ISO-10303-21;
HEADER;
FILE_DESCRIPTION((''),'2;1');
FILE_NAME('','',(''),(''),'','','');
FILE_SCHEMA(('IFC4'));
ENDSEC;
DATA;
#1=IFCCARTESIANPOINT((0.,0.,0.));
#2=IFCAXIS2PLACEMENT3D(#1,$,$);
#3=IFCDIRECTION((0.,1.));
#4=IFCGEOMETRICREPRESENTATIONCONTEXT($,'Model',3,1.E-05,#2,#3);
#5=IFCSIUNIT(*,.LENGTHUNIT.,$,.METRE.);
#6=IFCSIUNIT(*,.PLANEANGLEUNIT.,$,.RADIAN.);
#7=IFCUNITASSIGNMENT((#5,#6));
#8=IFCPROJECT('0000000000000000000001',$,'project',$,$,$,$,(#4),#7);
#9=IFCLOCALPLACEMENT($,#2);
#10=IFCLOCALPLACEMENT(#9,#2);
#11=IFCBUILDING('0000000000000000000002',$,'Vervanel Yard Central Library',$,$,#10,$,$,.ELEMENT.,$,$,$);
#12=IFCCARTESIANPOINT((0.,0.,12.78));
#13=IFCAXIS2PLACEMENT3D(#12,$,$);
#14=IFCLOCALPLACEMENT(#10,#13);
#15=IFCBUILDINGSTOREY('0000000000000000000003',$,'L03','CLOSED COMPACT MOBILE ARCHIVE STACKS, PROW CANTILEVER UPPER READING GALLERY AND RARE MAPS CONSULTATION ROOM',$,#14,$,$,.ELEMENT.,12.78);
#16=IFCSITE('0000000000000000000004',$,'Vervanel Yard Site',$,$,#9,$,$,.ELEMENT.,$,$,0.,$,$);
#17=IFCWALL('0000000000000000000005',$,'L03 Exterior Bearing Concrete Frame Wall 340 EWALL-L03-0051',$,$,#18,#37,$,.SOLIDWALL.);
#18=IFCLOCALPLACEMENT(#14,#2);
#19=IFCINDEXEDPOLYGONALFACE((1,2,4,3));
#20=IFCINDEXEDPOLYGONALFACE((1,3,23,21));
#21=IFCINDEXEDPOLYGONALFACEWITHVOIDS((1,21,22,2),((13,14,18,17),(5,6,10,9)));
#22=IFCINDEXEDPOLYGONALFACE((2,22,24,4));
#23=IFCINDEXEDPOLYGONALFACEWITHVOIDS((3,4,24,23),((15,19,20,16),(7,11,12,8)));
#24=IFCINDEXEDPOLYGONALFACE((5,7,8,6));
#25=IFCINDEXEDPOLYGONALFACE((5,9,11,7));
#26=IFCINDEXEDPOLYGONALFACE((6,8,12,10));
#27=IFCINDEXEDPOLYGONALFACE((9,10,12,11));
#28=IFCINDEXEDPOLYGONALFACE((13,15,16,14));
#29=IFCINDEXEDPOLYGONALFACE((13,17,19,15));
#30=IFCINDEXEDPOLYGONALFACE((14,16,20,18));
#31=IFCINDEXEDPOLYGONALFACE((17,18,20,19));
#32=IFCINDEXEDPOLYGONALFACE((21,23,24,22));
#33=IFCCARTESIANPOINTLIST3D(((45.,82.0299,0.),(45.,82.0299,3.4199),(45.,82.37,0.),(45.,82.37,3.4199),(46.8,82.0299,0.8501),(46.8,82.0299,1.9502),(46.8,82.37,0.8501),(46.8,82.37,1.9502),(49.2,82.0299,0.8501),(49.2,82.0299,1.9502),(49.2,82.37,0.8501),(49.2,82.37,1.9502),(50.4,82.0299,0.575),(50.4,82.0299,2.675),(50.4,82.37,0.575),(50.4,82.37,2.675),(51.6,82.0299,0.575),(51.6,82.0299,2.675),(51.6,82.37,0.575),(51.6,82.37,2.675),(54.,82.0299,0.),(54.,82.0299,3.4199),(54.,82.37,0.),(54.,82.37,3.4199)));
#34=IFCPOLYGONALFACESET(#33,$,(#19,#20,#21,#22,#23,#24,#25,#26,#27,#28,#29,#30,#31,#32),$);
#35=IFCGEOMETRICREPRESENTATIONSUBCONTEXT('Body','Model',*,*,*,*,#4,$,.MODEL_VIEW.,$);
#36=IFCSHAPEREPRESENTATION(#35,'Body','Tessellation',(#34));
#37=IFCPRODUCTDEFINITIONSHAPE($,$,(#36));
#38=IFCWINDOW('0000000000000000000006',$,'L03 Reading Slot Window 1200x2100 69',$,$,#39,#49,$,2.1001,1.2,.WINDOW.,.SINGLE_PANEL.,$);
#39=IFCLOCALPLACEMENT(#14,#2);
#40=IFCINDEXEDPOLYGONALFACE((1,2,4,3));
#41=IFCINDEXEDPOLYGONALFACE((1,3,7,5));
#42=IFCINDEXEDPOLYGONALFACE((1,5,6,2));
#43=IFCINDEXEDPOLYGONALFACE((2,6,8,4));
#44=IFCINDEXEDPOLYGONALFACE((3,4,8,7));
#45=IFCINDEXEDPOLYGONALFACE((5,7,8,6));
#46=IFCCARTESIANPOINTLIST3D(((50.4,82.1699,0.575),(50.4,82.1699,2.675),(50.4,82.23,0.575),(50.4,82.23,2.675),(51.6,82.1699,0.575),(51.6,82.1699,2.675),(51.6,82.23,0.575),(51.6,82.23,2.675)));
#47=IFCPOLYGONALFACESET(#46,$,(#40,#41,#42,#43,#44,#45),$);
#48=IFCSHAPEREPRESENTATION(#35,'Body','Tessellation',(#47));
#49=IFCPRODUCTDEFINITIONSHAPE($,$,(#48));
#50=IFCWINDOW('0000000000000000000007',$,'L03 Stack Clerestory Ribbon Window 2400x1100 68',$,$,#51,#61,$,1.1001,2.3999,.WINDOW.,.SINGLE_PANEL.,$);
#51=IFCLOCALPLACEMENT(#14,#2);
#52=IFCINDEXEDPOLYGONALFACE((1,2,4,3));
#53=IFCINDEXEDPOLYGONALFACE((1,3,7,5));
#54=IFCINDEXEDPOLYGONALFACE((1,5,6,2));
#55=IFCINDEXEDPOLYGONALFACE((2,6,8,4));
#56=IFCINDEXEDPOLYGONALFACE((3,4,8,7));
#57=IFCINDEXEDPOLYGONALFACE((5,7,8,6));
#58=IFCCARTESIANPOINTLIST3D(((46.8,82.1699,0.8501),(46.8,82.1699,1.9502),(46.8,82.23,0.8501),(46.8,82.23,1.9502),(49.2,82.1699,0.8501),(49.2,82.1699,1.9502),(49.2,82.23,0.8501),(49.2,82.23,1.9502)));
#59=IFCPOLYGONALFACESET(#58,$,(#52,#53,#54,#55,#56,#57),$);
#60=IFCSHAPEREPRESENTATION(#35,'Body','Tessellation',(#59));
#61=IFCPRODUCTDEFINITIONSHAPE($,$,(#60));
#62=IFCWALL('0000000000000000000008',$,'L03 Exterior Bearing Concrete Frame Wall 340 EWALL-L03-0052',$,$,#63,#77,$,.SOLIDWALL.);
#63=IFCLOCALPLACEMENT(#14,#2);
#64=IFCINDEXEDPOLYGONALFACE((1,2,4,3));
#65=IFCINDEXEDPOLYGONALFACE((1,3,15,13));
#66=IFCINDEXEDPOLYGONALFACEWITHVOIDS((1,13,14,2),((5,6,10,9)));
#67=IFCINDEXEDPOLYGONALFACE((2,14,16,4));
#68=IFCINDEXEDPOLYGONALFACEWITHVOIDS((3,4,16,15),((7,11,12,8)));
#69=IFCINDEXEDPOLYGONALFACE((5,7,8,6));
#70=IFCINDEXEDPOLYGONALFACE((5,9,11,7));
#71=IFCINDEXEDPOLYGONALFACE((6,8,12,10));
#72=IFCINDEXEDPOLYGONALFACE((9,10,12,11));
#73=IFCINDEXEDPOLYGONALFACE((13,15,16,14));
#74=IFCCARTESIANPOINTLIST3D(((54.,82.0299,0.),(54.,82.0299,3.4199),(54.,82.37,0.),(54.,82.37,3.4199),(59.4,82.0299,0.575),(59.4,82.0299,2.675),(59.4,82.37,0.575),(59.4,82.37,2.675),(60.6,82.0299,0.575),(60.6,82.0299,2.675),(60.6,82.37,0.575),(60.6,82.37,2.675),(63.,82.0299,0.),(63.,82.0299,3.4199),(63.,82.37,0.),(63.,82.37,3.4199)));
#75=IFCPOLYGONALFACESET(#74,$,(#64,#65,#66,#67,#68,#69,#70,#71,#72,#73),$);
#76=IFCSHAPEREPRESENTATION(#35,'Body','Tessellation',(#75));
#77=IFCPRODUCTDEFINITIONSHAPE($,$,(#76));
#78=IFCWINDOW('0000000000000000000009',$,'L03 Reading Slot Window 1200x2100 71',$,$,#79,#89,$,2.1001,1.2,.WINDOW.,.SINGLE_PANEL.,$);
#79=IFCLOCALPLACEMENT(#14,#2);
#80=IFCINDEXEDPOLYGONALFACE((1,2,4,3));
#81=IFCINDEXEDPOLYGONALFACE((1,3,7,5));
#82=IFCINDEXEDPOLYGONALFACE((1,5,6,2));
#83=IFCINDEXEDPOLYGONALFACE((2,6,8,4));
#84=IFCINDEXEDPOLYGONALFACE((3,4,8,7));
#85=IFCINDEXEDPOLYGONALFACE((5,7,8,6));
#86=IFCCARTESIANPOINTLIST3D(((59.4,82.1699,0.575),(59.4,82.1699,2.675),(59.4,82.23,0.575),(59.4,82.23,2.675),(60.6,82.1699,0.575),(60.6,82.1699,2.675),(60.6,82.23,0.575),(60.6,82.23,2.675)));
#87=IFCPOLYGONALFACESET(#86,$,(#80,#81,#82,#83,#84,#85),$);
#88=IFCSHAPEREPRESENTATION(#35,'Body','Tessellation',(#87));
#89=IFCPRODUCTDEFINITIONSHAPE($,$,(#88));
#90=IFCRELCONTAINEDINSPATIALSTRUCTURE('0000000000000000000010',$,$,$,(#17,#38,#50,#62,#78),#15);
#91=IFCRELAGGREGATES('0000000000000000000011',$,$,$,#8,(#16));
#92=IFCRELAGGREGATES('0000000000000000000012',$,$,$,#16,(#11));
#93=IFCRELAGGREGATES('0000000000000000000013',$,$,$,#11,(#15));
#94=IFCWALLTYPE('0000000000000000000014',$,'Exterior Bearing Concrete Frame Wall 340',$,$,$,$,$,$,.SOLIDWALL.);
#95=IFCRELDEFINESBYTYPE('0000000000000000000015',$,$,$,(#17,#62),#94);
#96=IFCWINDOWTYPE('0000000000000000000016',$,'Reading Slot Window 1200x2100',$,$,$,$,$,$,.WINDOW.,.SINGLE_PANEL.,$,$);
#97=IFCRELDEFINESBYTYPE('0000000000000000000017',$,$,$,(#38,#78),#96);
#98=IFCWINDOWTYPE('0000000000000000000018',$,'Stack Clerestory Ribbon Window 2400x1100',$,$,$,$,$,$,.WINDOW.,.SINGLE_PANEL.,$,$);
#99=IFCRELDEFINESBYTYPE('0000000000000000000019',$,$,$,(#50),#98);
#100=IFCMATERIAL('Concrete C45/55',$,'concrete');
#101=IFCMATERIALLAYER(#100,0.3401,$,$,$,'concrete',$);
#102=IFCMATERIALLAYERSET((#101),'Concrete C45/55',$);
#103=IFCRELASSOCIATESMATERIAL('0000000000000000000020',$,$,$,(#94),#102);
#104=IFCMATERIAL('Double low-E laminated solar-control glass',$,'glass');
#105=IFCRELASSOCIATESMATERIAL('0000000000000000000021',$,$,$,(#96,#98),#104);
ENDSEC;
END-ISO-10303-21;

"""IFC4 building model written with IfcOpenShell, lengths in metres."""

from ifc_helpers import new_model, si_unit, direction, frame, frame_2d, origin, place, context, subcontext, project, spatial, rectangle, extrude, material, layer, layer_set, type_object, element, fill, save


model = new_model("IFC4")

# Units and contexts
model_context = context("Model", 3, precision=1e-05, world=origin(), true_north=direction((0.0, 1.0)))
body_context = subcontext(model_context, "Body", "Model", "MODEL_VIEW")
ifc_project = project(units=[si_unit("LENGTHUNIT", "METRE"), si_unit("PLANEANGLEUNIT", "RADIAN")], contexts=[model_context])

# Site, building, storey
site_placement = place(None, origin())
site = spatial("IfcSite", under=ifc_project, at=site_placement, Name="Vervanel Yard Site", CompositionType="ELEMENT", RefElevation=0.0)
building_placement = place(site_placement, origin())
building = spatial("IfcBuilding", under=site, at=building_placement, Name="Vervanel Yard Central Library", CompositionType="ELEMENT")
storey_placement = place(building_placement, frame((0.0, 0.0, 12.78)))
storey = spatial("IfcBuildingStorey", under=building, at=storey_placement, Name="L03", Description="CLOSED COMPACT MOBILE ARCHIVE STACKS, PROW CANTILEVER UPPER READING GALLERY AND RARE MAPS CONSULTATION ROOM", CompositionType="ELEMENT", Elevation=12.78)

# Shared definitions
ifc_material_1 = material(Name="Concrete C45/55", Category="concrete")

# Wall, openings, windows
ifc_layer = layer(ifc_material_1, 0.3401, Category="concrete")
ifc_layer_set = layer_set([ifc_layer], Name="Concrete C45/55")
wall_type = type_object("IfcWallType", Name="Exterior Bearing Concrete Frame Wall 340", PredefinedType="SOLIDWALL", material=ifc_layer_set)
wall_1_placement = place(storey_placement, frame((45.0, 82.2, 0.0), z_axis=(0.0, 0.0, 1.0), x_axis=(1.0, 0.0, 0.0)))
wall_1 = element("IfcWall", 1, at=wall_1_placement, inside=storey, type_object=wall_type, Name="L03 Exterior Bearing Concrete Frame Wall 340 EWALL-L03-0051", PredefinedType="SOLIDWALL", context=body_context, shape_type="SweptSolid", body=[
    extrude(rectangle(XDim=9.0, YDim=0.3401, at=frame_2d((4.5, 0.0))), origin(), (0.0, 0.0, 1.0), 3.4199),
])
opening_1_placement = place(wall_1_placement, frame((1.8, 0.0, 0.8501)))
opening_1 = element("IfcOpeningElement", 2, at=opening_1_placement, cuts=wall_1, PredefinedType="OPENING", context=body_context, shape_type="SweptSolid", body=[
    extrude(rectangle(XDim=2.3999, YDim=1.1001, at=frame_2d((1.2, 0.55))), frame((0.0, 0.1799, 0.0), z_axis=(0.0, -1.0, 0.0), x_axis=(1.0, 0.0, 0.0)), (0.0, 0.0, 1.0), 0.3601),
])
opening_2_placement = place(wall_1_placement, frame((5.3999, 0.0, 0.575)))
opening_2 = element("IfcOpeningElement", 3, at=opening_2_placement, cuts=wall_1, PredefinedType="OPENING", context=body_context, shape_type="SweptSolid", body=[
    extrude(rectangle(XDim=1.2, YDim=2.1001, at=frame_2d((0.6001, 1.05))), frame((0.0, 0.1799, 0.0), z_axis=(0.0, -1.0, 0.0), x_axis=(1.0, 0.0, 0.0)), (0.0, 0.0, 1.0), 0.3601),
])
ifc_material_2 = material(Name="Double low-E laminated solar-control glass", Category="glass")
window_type_1 = type_object("IfcWindowType", Name="Reading Slot Window 1200x2100", PartitioningType="SINGLE_PANEL", PredefinedType="WINDOW", material=ifc_material_2)
window_1_placement = place(opening_2_placement, origin())
window_1 = element("IfcWindow", 4, at=window_1_placement, inside=storey, type_object=window_type_1, Name="L03 Reading Slot Window 1200x2100 69", OverallHeight=2.1001, OverallWidth=1.2, PartitioningType="SINGLE_PANEL", PredefinedType="WINDOW", context=body_context, shape_type="SweptSolid", body=[
    extrude(rectangle(XDim=1.2, YDim=2.1001, at=frame_2d((0.6001, 1.05))), frame((0.0, 0.03, 0.0), z_axis=(0.0, -1.0, 0.0), x_axis=(1.0, 0.0, 0.0)), (0.0, 0.0, 1.0), 0.0601),
])
fill(opening_2, window_1)
window_type_2 = type_object("IfcWindowType", Name="Stack Clerestory Ribbon Window 2400x1100", PartitioningType="SINGLE_PANEL", PredefinedType="WINDOW", material=ifc_material_2)
window_2_placement = place(opening_1_placement, origin())
window_2 = element("IfcWindow", 5, at=window_2_placement, inside=storey, type_object=window_type_2, Name="L03 Stack Clerestory Ribbon Window 2400x1100 68", OverallHeight=1.1001, OverallWidth=2.3999, PartitioningType="SINGLE_PANEL", PredefinedType="WINDOW", context=body_context, shape_type="SweptSolid", body=[
    extrude(rectangle(XDim=2.3999, YDim=1.1001, at=frame_2d((1.2, 0.55))), frame((0.0, 0.03, 0.0), z_axis=(0.0, -1.0, 0.0), x_axis=(1.0, 0.0, 0.0)), (0.0, 0.0, 1.0), 0.0601),
])
fill(opening_1, window_2)

# Wall, opening, window
wall_2_placement = place(storey_placement, frame((54.0, 82.2, 0.0), z_axis=(0.0, 0.0, 1.0), x_axis=(1.0, 0.0, 0.0)))
wall_2 = element("IfcWall", 6, at=wall_2_placement, inside=storey, type_object=wall_type, Name="L03 Exterior Bearing Concrete Frame Wall 340 EWALL-L03-0052", PredefinedType="SOLIDWALL", context=body_context, shape_type="SweptSolid", body=[
    extrude(rectangle(XDim=9.0, YDim=0.3401, at=frame_2d((4.5, 0.0))), origin(), (0.0, 0.0, 1.0), 3.4199),
])
opening_3_placement = place(wall_2_placement, frame((5.3999, 0.0, 0.575)))
opening_3 = element("IfcOpeningElement", 7, at=opening_3_placement, cuts=wall_2, PredefinedType="OPENING", context=body_context, shape_type="SweptSolid", body=[
    extrude(rectangle(XDim=1.2, YDim=2.1001, at=frame_2d((0.6001, 1.05))), frame((0.0, 0.1799, 0.0), z_axis=(0.0, -1.0, 0.0), x_axis=(1.0, 0.0, 0.0)), (0.0, 0.0, 1.0), 0.3601),
])
window_3_placement = place(opening_3_placement, origin())
window_3 = element("IfcWindow", 8, at=window_3_placement, inside=storey, type_object=window_type_1, Name="L03 Reading Slot Window 1200x2100 71", OverallHeight=2.1001, OverallWidth=1.2, PartitioningType="SINGLE_PANEL", PredefinedType="WINDOW", context=body_context, shape_type="SweptSolid", body=[
    extrude(rectangle(XDim=1.2, YDim=2.1001, at=frame_2d((0.6001, 1.05))), frame((0.0, 0.03, 0.0), z_axis=(0.0, -1.0, 0.0), x_axis=(1.0, 0.0, 0.0)), (0.0, 0.0, 1.0), 0.0601),
])
fill(opening_3, window_3)

save(model, "model.ifc")
